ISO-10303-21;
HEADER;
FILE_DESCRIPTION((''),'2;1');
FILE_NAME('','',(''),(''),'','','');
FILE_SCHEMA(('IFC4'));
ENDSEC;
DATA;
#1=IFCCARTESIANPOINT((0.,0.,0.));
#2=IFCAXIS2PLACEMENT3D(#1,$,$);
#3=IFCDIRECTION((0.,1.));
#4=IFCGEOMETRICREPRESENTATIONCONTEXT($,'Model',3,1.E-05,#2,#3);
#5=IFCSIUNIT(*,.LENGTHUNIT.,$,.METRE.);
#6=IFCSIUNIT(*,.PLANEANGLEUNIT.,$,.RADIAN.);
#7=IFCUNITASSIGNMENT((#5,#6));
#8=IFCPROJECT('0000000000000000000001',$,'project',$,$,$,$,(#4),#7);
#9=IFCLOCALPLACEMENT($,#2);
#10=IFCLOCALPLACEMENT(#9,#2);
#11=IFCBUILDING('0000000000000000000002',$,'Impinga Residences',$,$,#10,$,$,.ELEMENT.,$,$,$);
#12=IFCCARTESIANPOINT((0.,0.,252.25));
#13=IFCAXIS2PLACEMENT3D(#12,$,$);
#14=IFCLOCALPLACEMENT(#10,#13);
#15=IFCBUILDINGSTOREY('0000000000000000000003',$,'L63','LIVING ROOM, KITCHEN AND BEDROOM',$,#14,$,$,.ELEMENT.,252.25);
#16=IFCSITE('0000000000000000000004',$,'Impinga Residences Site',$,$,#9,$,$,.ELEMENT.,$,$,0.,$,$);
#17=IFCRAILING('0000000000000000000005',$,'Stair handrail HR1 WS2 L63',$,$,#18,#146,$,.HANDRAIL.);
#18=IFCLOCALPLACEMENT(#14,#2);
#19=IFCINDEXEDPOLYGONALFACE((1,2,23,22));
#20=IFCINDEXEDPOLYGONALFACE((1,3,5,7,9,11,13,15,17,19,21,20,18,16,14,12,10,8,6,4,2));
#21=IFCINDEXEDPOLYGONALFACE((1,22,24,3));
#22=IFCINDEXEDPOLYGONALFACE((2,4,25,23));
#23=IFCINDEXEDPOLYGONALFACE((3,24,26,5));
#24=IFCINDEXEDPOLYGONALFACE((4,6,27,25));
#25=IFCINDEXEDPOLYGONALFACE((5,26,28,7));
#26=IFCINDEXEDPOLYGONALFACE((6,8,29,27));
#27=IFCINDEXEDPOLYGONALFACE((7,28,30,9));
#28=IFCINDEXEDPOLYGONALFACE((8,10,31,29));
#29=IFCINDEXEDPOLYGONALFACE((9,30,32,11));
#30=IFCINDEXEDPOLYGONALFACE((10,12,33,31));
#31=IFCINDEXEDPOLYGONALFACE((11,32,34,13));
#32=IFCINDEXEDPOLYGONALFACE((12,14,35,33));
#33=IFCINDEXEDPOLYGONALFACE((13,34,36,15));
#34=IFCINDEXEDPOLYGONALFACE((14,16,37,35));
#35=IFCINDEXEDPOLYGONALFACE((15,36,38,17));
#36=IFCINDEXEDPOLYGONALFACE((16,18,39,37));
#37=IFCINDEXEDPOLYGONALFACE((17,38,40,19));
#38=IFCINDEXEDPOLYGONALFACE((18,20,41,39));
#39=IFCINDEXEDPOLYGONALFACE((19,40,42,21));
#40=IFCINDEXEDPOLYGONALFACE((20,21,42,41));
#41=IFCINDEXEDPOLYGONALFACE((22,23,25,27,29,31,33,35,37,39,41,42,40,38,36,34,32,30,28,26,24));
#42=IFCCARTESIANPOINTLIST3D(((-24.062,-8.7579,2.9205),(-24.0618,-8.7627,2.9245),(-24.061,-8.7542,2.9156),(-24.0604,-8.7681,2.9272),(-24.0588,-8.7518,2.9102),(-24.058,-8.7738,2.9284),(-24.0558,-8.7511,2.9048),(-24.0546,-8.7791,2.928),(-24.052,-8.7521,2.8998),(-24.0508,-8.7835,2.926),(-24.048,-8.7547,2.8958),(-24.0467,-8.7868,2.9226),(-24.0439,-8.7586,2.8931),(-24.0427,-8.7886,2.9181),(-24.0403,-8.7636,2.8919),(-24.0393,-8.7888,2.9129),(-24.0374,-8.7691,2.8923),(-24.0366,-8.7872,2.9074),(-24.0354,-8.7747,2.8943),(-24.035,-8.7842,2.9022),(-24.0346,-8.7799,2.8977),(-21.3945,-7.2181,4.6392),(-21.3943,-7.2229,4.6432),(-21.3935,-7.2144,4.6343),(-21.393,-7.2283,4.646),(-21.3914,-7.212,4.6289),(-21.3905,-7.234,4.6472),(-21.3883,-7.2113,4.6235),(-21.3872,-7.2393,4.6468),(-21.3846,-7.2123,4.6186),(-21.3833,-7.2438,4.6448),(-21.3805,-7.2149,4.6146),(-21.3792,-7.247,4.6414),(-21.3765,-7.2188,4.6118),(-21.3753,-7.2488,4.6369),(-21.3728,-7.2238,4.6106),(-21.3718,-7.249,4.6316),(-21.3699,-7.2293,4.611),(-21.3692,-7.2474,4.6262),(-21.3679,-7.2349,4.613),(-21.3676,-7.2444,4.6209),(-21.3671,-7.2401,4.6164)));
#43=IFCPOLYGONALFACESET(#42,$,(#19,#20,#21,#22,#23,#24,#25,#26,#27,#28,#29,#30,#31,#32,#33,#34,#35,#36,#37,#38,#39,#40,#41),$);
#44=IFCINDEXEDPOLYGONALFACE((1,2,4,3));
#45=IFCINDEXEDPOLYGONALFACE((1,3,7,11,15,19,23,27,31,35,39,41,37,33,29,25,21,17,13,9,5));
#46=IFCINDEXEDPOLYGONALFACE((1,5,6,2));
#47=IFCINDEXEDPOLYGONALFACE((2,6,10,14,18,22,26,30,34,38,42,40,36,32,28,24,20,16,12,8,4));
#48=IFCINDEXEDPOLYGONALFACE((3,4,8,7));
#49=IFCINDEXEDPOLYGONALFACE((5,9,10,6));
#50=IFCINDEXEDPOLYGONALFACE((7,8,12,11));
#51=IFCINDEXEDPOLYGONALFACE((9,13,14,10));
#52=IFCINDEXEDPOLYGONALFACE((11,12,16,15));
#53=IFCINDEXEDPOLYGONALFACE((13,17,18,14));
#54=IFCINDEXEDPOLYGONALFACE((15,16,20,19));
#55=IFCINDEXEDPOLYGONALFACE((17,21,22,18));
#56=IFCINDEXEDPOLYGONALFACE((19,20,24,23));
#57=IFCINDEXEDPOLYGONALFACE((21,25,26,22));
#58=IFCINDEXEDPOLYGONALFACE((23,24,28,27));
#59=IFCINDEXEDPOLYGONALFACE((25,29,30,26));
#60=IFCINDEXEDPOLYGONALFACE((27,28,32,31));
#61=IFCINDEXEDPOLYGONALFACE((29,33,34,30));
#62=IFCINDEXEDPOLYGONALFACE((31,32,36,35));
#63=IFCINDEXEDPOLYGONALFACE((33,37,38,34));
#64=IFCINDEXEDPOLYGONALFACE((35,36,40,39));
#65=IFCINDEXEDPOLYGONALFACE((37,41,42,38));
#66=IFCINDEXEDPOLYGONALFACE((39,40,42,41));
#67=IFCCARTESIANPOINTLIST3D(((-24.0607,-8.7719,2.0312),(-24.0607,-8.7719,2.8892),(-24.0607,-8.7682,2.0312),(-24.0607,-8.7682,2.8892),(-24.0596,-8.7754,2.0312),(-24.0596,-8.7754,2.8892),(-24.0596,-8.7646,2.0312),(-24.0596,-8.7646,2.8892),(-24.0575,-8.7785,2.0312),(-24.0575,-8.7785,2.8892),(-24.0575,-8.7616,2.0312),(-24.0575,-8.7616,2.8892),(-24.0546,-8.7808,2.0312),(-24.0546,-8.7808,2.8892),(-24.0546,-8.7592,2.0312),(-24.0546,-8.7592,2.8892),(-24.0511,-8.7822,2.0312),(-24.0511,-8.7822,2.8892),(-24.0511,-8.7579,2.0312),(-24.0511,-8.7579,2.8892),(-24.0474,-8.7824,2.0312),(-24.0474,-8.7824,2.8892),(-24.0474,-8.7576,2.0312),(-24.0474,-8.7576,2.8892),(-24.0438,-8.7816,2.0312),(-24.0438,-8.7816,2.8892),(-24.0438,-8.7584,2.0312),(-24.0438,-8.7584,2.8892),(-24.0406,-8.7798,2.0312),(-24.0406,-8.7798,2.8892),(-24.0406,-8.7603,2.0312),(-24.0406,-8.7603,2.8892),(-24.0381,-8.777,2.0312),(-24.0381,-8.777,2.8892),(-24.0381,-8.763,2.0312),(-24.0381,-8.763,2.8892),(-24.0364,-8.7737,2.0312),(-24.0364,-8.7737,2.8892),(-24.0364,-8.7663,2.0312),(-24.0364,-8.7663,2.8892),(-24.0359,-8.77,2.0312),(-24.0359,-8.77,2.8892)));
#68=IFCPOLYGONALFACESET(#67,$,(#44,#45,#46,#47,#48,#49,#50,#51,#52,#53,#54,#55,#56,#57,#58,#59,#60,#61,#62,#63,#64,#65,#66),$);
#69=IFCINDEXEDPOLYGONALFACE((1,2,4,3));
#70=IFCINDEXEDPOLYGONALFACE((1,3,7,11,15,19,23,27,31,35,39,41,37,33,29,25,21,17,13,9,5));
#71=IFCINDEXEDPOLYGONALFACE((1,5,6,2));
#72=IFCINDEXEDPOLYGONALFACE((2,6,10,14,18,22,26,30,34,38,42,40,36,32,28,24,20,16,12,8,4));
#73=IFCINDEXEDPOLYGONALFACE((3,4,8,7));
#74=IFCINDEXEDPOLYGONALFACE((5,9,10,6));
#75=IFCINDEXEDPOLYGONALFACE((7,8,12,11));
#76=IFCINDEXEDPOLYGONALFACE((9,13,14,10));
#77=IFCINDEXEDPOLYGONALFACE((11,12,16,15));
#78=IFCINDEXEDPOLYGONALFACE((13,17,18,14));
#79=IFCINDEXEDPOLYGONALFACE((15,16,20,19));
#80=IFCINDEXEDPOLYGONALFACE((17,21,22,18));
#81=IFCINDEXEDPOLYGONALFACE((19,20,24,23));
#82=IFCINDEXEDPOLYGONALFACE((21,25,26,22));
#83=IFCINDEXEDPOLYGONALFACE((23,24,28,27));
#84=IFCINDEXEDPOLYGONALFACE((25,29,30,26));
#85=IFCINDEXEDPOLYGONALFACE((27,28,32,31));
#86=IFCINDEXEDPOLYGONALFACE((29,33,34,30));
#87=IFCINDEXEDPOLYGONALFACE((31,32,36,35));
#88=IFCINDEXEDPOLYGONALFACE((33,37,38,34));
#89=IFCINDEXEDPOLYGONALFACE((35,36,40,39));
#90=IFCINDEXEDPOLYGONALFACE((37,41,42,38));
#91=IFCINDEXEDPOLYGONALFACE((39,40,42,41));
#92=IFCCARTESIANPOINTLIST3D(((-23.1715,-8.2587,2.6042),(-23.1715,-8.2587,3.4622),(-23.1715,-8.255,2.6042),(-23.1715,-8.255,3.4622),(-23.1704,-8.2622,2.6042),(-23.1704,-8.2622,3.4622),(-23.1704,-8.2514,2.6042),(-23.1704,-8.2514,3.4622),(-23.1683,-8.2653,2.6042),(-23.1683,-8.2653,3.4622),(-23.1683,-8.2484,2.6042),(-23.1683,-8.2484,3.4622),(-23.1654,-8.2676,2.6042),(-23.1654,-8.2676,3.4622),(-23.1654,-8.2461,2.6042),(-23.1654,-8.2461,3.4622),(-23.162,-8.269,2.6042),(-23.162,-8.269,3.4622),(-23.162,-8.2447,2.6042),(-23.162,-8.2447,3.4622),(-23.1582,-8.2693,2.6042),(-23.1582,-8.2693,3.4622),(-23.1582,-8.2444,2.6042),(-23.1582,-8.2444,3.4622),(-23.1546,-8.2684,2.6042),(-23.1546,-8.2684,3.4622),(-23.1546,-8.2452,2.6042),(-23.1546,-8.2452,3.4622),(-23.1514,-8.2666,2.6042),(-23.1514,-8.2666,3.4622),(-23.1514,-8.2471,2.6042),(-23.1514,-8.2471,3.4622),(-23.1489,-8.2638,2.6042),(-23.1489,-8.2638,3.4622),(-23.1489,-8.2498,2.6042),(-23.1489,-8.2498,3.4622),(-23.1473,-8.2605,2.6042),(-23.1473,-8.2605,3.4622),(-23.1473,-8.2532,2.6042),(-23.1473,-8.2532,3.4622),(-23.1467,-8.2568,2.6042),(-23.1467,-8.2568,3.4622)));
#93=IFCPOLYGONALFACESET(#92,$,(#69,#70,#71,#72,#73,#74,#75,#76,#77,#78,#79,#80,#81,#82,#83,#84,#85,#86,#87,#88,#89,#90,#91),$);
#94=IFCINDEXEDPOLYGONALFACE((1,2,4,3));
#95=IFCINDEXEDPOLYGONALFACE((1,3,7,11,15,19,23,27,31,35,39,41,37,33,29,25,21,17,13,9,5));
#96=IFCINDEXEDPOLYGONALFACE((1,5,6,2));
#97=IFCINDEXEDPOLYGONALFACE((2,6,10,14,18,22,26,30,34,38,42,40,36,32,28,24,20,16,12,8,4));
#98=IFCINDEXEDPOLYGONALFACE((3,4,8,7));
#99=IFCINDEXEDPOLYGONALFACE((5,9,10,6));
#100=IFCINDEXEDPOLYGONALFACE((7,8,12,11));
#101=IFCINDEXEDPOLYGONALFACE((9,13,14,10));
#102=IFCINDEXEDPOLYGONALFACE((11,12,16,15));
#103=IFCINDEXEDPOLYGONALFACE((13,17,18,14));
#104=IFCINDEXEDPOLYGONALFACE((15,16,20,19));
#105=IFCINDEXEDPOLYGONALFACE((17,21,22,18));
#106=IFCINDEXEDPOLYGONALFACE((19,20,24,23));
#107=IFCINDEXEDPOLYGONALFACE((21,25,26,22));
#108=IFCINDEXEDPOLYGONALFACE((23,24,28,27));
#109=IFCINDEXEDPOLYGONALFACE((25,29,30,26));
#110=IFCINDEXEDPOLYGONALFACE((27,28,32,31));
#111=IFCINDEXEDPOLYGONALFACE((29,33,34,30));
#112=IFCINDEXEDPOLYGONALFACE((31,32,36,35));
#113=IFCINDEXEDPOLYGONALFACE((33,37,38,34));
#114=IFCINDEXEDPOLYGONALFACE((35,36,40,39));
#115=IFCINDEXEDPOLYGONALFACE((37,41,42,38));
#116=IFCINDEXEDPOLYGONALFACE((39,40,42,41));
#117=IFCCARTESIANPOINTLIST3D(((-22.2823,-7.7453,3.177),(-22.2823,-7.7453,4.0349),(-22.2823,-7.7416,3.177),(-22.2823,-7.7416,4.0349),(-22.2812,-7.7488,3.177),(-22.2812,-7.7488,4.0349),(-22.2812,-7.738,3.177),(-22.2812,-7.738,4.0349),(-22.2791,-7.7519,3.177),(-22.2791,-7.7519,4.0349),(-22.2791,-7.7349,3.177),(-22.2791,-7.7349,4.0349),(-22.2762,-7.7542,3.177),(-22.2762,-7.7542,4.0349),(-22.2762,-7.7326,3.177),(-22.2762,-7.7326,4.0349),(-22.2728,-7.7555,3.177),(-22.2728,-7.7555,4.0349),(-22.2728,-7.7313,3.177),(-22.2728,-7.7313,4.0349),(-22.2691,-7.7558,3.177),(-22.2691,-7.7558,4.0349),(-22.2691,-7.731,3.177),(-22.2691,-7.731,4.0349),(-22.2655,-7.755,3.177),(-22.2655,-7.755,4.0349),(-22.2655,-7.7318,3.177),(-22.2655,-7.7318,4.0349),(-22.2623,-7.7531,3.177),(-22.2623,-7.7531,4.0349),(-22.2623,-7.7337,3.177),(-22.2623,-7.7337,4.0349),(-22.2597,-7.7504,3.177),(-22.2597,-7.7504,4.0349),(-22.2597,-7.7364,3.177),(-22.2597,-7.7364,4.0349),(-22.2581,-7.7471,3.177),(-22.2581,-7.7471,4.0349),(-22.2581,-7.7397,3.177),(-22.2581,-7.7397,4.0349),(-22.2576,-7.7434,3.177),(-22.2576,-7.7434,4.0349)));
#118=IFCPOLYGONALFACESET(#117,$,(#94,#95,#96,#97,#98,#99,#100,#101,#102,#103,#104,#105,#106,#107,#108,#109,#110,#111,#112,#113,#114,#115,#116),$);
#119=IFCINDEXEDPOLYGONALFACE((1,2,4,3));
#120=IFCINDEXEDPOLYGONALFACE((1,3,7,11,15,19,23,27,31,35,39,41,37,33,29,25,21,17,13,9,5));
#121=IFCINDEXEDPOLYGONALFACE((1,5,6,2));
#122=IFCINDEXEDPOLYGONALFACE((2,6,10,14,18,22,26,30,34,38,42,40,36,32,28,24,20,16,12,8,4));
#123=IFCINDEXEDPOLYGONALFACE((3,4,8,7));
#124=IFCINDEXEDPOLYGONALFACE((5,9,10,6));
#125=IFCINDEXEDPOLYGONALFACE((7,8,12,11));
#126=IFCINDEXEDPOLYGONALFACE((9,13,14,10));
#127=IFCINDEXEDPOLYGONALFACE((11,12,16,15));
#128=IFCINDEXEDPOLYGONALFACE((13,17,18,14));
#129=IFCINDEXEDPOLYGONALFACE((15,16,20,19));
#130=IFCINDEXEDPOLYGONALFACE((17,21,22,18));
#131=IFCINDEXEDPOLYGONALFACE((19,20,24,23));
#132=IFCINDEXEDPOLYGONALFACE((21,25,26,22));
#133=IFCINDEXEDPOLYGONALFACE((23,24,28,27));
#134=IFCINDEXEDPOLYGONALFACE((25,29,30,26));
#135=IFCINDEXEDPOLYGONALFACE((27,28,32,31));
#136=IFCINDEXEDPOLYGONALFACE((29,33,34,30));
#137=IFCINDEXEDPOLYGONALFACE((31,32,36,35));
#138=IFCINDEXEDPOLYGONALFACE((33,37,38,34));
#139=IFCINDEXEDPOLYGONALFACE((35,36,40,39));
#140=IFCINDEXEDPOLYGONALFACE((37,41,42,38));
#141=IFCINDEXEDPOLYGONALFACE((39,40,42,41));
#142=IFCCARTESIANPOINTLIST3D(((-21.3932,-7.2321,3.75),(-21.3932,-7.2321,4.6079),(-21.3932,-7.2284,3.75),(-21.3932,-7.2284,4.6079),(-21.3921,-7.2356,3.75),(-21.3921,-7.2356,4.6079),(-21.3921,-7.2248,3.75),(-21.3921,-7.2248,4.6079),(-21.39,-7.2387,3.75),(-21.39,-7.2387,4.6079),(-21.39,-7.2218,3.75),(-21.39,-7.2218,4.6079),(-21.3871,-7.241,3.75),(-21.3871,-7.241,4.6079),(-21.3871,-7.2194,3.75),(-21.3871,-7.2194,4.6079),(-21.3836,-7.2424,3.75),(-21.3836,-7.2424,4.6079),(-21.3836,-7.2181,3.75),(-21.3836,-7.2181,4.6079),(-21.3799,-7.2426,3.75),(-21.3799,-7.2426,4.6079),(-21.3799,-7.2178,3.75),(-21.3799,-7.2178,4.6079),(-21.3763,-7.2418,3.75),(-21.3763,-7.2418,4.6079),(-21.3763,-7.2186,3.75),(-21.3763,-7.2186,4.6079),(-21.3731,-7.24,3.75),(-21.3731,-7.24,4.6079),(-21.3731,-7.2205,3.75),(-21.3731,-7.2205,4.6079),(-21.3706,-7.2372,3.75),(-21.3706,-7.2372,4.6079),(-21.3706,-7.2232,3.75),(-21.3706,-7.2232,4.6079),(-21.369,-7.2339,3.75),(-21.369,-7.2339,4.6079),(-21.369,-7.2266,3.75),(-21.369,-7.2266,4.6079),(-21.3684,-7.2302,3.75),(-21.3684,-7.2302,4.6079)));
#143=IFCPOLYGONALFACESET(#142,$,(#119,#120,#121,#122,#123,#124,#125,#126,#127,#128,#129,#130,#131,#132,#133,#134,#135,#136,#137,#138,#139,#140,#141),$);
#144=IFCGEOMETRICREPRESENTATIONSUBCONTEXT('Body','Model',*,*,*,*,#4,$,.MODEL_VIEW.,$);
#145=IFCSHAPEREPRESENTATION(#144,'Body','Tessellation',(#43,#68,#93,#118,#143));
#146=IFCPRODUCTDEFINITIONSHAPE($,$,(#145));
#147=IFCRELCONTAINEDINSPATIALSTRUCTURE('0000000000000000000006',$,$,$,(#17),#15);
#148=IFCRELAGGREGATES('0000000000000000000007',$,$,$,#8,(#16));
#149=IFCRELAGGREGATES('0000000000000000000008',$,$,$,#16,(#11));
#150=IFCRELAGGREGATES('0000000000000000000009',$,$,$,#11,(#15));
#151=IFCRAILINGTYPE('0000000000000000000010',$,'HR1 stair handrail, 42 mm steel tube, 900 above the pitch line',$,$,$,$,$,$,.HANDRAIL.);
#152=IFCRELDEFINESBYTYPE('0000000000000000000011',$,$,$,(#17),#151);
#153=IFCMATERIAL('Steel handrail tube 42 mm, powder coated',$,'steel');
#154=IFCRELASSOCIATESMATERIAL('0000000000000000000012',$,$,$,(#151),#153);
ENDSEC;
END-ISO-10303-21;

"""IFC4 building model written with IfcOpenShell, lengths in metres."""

from ifc_helpers import new_model, si_unit, direction, frame, origin, origin_2d, place, context, subcontext, project, spatial, circle, extrude, material, type_object, element, save


model = new_model("IFC4")

# Units and contexts
model_context = context("Model", 3, precision=1e-05, world=origin(), true_north=direction((0.0, 1.0)))
body_context = subcontext(model_context, "Body", "Model", "MODEL_VIEW")
ifc_project = project(units=[si_unit("LENGTHUNIT", "METRE"), si_unit("PLANEANGLEUNIT", "RADIAN")], contexts=[model_context])

# Site, building, storey
site_placement = place(None, origin())
site = spatial("IfcSite", under=ifc_project, at=site_placement, Name="Impinga Residences Site", CompositionType="ELEMENT", RefElevation=0.0)
building_placement = place(site_placement, origin())
building = spatial("IfcBuilding", under=site, at=building_placement, Name="Impinga Residences", CompositionType="ELEMENT")
storey_placement = place(building_placement, frame((0.0, 0.0, 252.25)))
storey = spatial("IfcBuildingStorey", under=building, at=storey_placement, Name="L63", Description="LIVING ROOM, KITCHEN AND BEDROOM", CompositionType="ELEMENT", Elevation=252.25)

# Railing
ifc_material_1 = material(Name="Steel handrail tube 42 mm, powder coated", Category="steel")
railing_type = type_object("IfcRailingType", Name="HR1 stair handrail, 42 mm steel tube, 900 above the pitch line", PredefinedType="HANDRAIL", material=ifc_material_1)
railing_1_placement = place(storey_placement, frame((-24.0483, -8.77, 2.0312)))
element("IfcRailing", 1, at=railing_1_placement, inside=storey, type_object=railing_type, Name="Stair handrail HR1 WS2 L63", PredefinedType="HANDRAIL", context=body_context, shape_type="SweptSolid", body=[
    extrude(circle(Radius=0.021, at=origin_2d()), frame((0.0, 0.0, 0.8789), z_axis=(0.756279, 0.43656, 0.487297), x_axis=(-0.499933, 0.866064, 0.0)), (0.0, 0.0, 1.0), 3.5271),
    extrude(circle(Radius=0.0125, at=origin_2d()), origin(), (0.0, 0.0, 1.0), 0.8579),
    extrude(circle(Radius=0.0125, at=origin_2d()), frame((0.8892, 0.5132, 0.573)), (0.0, 0.0, 1.0), 0.8579),
    extrude(circle(Radius=0.0125, at=origin_2d()), frame((1.7783, 1.0266, 1.1458)), (0.0, 0.0, 1.0), 0.8579),
    extrude(circle(Radius=0.0125, at=origin_2d()), frame((2.6675, 1.5398, 1.7188)), (0.0, 0.0, 1.0), 0.8579),
])

save(model, "model.ifc")
